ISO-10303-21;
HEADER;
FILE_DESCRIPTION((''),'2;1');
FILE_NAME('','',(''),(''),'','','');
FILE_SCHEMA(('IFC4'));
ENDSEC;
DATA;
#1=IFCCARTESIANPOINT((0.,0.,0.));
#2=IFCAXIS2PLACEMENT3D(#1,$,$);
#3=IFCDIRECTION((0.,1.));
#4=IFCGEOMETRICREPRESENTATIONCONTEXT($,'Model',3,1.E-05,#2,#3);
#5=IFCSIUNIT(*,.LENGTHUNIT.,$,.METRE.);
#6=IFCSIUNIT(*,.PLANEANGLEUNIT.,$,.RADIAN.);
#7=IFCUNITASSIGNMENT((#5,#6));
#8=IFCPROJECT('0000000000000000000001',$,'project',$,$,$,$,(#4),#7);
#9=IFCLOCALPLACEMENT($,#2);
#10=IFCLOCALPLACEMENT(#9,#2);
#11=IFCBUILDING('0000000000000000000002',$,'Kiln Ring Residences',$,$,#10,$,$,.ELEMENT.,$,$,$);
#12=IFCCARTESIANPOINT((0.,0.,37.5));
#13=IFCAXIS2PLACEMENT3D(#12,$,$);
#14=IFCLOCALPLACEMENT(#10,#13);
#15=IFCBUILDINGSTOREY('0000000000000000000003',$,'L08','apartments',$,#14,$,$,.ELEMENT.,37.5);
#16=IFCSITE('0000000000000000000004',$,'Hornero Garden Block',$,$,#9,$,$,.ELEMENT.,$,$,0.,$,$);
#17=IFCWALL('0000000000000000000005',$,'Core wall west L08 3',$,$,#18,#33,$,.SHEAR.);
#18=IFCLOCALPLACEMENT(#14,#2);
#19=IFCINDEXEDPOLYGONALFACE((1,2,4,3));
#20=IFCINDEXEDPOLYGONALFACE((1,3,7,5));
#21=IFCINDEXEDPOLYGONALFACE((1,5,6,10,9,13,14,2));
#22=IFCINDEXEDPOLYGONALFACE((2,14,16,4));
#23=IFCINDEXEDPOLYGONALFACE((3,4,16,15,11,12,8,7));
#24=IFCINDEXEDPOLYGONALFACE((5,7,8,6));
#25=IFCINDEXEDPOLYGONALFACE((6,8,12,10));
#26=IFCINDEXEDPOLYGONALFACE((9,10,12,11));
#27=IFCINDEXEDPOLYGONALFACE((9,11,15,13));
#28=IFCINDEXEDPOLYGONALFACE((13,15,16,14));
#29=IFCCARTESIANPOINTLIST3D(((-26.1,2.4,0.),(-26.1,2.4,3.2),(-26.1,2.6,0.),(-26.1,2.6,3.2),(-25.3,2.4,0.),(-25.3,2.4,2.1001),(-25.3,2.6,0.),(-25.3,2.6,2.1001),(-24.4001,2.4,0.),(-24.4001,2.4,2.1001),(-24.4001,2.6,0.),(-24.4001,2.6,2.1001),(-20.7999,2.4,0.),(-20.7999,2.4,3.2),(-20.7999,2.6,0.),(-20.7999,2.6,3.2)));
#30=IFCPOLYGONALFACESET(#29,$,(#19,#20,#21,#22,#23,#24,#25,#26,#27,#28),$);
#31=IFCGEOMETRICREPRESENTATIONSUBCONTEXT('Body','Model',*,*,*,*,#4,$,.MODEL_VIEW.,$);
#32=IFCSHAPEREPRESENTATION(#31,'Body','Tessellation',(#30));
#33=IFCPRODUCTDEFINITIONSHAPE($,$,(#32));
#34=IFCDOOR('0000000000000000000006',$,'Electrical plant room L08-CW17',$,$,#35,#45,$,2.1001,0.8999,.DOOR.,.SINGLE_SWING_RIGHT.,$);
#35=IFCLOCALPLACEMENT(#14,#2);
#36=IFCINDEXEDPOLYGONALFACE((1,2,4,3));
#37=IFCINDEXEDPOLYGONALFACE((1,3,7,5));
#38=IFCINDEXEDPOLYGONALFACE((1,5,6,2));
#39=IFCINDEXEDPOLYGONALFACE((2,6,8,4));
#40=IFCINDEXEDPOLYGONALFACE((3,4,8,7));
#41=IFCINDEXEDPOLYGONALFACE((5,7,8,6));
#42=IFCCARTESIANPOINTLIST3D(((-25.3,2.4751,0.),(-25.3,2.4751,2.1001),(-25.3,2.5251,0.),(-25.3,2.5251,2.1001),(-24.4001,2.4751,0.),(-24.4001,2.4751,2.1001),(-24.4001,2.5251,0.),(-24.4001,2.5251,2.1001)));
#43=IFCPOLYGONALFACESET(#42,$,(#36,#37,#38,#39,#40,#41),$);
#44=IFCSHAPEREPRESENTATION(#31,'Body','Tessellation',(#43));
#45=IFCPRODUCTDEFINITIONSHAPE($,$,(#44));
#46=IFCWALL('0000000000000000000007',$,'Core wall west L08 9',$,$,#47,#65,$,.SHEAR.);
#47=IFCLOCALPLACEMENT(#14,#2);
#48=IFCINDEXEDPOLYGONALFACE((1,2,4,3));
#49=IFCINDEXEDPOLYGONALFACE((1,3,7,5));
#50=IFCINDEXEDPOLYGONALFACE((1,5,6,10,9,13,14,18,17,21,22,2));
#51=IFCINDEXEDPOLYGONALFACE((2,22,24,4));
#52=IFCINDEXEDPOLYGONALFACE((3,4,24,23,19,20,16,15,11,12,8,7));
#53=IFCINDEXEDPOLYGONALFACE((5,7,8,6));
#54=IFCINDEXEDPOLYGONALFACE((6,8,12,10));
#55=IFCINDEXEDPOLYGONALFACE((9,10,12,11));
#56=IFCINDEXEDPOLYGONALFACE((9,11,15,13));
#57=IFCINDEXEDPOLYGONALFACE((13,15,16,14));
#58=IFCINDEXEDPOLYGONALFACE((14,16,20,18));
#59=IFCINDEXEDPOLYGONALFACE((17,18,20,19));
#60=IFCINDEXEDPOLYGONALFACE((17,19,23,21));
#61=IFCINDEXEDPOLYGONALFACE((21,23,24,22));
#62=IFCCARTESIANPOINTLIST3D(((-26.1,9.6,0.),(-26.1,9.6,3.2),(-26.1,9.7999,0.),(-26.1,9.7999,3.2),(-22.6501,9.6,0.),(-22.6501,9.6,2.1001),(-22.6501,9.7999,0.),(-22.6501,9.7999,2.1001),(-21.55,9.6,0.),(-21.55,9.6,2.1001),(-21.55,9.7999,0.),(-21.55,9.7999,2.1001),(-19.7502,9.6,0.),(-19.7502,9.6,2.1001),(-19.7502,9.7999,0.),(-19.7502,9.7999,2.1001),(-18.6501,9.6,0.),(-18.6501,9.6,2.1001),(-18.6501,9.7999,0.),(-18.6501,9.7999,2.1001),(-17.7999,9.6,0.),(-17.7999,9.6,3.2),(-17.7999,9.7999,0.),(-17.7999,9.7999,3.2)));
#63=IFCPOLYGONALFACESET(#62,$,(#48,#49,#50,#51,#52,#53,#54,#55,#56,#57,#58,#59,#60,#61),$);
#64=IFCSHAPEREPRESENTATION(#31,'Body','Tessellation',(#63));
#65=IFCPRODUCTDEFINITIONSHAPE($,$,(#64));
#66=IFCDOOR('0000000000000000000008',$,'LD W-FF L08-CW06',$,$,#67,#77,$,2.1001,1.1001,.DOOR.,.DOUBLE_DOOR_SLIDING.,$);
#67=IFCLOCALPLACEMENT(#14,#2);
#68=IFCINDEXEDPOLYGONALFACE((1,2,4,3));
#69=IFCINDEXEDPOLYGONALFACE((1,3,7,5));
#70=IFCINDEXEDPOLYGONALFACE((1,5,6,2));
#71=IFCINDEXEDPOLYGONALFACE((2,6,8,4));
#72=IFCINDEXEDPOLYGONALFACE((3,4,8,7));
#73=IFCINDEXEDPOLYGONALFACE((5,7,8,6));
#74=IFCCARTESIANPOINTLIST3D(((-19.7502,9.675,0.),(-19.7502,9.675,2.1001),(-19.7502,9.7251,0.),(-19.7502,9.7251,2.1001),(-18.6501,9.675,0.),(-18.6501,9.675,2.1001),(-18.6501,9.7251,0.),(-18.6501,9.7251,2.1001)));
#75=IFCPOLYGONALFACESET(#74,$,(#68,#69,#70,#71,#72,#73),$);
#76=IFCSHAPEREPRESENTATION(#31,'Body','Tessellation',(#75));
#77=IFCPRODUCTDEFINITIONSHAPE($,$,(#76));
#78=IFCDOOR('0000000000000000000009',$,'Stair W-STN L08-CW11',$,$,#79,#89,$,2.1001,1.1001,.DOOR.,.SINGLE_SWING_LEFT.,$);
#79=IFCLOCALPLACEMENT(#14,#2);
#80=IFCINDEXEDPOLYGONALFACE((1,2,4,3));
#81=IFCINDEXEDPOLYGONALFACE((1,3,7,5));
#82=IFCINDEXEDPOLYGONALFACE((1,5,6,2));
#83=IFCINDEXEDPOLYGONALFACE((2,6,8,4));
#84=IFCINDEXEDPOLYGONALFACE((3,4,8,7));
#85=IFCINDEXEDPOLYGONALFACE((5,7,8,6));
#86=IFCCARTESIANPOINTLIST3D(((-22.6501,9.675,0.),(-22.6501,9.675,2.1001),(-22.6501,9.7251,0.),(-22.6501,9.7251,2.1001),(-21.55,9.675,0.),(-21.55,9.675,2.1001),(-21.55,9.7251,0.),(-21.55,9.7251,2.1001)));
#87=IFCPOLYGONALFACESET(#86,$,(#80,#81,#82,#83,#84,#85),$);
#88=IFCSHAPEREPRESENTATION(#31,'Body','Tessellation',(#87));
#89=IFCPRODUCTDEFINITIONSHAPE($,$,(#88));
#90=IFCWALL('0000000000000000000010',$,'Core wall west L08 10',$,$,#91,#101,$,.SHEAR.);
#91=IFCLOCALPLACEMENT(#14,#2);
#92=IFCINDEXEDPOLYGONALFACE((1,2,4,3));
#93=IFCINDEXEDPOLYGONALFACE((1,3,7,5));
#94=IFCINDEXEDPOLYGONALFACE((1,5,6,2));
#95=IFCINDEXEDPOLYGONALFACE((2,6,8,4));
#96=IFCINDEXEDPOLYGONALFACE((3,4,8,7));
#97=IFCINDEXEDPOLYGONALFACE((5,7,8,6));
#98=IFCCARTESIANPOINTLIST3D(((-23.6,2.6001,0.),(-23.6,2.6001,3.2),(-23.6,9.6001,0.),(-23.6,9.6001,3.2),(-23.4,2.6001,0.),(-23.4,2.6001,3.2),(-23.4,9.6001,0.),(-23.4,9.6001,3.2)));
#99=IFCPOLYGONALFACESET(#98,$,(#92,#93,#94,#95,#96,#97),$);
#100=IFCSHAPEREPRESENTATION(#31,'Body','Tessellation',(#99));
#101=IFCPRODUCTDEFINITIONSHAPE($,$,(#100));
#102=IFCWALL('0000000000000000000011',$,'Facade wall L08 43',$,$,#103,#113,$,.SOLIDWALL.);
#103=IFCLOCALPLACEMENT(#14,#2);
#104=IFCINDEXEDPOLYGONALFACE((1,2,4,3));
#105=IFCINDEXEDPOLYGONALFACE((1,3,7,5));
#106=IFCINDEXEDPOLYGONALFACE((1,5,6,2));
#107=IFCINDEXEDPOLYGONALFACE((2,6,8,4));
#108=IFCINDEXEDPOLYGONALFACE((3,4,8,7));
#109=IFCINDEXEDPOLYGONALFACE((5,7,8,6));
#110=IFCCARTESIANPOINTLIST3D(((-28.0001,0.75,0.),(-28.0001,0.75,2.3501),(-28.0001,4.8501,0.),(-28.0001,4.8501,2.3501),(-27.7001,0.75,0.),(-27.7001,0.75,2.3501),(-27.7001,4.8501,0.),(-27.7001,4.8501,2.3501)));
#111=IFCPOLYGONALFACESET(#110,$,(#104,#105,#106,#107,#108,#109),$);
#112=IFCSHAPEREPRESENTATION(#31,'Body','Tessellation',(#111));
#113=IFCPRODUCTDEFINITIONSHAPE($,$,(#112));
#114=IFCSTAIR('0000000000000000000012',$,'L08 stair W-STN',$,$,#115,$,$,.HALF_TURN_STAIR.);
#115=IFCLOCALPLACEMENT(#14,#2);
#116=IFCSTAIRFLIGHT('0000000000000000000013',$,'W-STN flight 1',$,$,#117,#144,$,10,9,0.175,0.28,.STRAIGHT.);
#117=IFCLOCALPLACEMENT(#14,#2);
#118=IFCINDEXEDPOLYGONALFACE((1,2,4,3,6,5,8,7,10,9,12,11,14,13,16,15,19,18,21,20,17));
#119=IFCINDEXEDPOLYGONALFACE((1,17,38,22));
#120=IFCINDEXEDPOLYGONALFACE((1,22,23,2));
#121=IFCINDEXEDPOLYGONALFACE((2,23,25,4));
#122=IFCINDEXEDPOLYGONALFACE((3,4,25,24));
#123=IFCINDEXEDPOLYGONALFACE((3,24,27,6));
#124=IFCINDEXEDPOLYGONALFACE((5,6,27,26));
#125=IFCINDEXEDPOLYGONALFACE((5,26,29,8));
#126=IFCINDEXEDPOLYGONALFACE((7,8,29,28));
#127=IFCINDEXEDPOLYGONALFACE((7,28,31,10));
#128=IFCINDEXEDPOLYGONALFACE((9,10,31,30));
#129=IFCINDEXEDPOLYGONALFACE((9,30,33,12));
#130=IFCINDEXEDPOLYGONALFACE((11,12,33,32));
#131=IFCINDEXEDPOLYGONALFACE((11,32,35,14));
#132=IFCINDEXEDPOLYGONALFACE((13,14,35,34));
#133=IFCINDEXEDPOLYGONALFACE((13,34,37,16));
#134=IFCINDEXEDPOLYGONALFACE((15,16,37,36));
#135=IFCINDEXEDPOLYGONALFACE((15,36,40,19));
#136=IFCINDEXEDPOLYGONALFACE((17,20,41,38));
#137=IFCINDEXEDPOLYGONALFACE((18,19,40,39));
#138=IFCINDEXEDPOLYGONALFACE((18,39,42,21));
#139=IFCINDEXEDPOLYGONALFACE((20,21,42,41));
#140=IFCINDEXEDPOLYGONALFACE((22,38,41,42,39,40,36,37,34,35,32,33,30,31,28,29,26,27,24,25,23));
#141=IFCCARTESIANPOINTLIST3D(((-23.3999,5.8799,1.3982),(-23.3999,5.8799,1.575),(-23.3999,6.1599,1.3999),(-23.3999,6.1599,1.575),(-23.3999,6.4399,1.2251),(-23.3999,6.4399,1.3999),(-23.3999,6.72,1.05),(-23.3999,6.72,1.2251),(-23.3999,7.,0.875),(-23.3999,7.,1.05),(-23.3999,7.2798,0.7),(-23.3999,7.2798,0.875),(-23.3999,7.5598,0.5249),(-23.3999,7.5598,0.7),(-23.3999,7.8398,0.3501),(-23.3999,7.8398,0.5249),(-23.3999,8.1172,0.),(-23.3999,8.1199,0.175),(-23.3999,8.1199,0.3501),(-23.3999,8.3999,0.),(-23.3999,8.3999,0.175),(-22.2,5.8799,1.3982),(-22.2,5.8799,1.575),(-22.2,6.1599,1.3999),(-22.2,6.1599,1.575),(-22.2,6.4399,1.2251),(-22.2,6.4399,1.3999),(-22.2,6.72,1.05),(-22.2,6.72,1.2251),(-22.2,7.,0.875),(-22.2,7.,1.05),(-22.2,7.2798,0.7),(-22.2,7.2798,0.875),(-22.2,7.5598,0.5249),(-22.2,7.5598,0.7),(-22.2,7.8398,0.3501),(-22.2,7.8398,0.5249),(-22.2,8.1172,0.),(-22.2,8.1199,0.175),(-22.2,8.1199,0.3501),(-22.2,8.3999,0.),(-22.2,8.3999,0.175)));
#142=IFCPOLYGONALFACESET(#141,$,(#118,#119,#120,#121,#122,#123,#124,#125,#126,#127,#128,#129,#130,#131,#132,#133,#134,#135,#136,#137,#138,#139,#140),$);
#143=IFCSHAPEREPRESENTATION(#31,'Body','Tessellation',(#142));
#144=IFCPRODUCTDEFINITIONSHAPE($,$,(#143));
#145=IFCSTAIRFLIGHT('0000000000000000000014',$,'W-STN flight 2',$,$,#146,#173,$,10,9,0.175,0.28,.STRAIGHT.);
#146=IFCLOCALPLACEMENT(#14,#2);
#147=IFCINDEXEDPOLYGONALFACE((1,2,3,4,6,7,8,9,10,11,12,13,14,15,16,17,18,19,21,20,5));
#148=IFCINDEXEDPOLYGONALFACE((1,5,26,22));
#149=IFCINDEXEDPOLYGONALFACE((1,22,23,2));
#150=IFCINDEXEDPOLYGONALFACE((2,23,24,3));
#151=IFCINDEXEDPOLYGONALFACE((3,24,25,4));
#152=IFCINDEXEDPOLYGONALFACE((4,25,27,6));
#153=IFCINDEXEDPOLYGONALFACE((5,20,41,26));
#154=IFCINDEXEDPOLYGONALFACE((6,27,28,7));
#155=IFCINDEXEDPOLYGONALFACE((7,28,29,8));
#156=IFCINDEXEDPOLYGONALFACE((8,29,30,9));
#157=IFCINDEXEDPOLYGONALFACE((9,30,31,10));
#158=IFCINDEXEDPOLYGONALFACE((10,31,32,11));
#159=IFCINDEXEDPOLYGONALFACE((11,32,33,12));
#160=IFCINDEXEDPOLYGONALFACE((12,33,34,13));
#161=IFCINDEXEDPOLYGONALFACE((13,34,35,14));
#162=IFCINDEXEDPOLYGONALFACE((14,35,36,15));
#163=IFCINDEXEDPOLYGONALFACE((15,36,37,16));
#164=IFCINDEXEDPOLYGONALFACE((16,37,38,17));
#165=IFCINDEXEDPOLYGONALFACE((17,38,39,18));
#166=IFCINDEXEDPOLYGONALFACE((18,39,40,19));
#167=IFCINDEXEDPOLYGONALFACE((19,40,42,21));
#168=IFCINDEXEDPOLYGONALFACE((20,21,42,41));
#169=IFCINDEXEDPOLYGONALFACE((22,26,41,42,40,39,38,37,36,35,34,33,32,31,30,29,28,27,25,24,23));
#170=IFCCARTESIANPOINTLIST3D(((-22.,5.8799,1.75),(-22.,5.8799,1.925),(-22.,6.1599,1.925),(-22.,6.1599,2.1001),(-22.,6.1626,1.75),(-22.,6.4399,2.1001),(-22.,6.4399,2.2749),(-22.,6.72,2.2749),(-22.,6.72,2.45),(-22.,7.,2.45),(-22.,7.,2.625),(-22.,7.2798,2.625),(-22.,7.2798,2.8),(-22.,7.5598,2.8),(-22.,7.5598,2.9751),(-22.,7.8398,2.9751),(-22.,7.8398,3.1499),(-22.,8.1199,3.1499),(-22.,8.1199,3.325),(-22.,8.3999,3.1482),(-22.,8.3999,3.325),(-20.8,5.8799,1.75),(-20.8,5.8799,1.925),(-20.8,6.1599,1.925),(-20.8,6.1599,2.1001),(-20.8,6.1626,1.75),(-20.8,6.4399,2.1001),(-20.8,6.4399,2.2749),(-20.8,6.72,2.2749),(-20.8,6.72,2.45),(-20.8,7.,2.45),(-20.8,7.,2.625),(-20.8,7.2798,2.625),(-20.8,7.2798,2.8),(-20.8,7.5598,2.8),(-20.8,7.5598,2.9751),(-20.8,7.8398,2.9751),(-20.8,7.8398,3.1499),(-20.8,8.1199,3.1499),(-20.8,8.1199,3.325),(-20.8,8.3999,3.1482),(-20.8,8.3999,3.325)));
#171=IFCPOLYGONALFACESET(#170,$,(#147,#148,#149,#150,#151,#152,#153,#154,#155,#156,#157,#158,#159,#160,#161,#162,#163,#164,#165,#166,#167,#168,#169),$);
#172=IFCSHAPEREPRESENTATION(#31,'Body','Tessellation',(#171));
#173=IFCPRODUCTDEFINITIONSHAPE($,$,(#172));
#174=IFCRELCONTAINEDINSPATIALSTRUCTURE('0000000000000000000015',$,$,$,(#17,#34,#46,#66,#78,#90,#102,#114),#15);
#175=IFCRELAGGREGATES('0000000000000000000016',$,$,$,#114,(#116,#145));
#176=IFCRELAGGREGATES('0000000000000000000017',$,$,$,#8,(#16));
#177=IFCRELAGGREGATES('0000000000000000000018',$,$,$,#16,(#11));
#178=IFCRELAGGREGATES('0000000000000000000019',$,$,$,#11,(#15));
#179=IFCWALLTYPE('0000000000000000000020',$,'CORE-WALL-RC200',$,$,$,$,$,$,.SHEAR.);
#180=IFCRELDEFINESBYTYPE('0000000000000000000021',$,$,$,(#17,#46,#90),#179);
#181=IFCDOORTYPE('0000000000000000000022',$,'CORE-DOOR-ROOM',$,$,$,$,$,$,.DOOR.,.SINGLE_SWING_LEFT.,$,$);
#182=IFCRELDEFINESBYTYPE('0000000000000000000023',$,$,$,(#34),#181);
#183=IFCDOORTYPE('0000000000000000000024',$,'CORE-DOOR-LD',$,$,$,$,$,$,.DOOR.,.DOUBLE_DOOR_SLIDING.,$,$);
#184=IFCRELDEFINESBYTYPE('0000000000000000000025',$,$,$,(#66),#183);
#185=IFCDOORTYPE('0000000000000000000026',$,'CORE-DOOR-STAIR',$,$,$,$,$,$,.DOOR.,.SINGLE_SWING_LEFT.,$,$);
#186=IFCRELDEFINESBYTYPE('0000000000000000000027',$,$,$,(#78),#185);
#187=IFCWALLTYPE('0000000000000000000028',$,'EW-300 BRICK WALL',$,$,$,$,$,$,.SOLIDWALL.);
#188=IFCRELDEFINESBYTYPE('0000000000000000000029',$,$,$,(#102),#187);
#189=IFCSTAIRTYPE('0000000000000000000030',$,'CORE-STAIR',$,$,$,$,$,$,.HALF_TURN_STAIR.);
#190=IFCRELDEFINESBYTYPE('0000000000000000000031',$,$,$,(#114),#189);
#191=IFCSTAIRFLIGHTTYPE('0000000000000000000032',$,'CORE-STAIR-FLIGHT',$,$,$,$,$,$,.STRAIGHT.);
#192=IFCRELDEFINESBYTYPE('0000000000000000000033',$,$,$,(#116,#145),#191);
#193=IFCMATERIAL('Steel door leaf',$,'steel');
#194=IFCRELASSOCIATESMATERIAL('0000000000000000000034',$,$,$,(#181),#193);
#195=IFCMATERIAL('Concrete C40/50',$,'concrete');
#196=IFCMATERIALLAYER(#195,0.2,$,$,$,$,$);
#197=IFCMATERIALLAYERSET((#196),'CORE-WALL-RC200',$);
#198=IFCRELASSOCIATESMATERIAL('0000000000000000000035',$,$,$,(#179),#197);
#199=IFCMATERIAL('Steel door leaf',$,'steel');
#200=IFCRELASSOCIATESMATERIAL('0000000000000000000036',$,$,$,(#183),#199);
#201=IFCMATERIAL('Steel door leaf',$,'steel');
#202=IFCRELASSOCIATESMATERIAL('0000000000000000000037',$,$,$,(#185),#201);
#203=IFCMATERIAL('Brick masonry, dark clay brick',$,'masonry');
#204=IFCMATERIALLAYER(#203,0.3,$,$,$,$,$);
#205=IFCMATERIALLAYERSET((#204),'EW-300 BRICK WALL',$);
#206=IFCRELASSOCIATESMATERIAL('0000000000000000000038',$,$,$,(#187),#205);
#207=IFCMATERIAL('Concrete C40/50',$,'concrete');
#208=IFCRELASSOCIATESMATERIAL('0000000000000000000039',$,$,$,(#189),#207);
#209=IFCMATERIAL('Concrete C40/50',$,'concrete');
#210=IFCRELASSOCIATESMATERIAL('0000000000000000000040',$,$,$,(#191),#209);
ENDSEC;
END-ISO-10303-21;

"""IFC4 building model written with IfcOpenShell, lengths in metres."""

from ifc_helpers import new_model, si_unit, direction, frame, frame_2d, origin, place, context, subcontext, project, spatial, polyline, rectangle, outline, extrude, material, layer, layer_set, type_object, element, fill, aggregate, save


model = new_model("IFC4")

# Units and contexts
model_context = context("Model", 3, precision=1e-05, world=origin(), true_north=direction((0.0, 1.0)))
body_context = subcontext(model_context, "Body", "Model", "MODEL_VIEW")
ifc_project = project(units=[si_unit("LENGTHUNIT", "METRE"), si_unit("PLANEANGLEUNIT", "RADIAN")], contexts=[model_context])

# Site, building, storey
site_placement = place(None, origin())
site = spatial("IfcSite", under=ifc_project, at=site_placement, Name="Hornero Garden Block", CompositionType="ELEMENT", RefElevation=0.0)
building_placement = place(site_placement, origin())
building = spatial("IfcBuilding", under=site, at=building_placement, Name="Kiln Ring Residences", CompositionType="ELEMENT")
storey_placement = place(building_placement, frame((0.0, 0.0, 37.5)))
storey = spatial("IfcBuildingStorey", under=building, at=storey_placement, Name="L08", Description="apartments", CompositionType="ELEMENT", Elevation=37.5)

# Shared definitions
ifc_material_1 = material(Name="Steel door leaf", Category="steel")
door_type_1 = type_object("IfcDoorType", Name="CORE-DOOR-ROOM", OperationType="SINGLE_SWING_LEFT", PredefinedType="DOOR", material=ifc_material_1)

# Shared definitions
ifc_material_2 = material(Name="Concrete C40/50", Category="concrete")
ifc_layer_1 = layer(ifc_material_2, 0.2)
ifc_layer_set_1 = layer_set([ifc_layer_1], Name="CORE-WALL-RC200")
wall_type_1 = type_object("IfcWallType", Name="CORE-WALL-RC200", PredefinedType="SHEAR", material=ifc_layer_set_1)

# Wall, opening, door
wall_1_placement = place(storey_placement, frame((-20.8, 2.5, 0.0), z_axis=(0.0, 0.0, 1.0), x_axis=(-1.0, 0.0, 0.0)))
wall_1 = element("IfcWall", 1, at=wall_1_placement, inside=storey, type_object=wall_type_1, Name="Core wall west L08 3", PredefinedType="SHEAR", context=body_context, shape_type="SweptSolid", body=[
    extrude(rectangle(XDim=5.3, YDim=0.2, at=frame_2d((2.6499, 0.0))), origin(), (0.0, 0.0, 1.0), 3.2),
])
opening_1_placement = place(wall_1_placement, frame((3.6001, 0.0, 0.0)))
opening_1 = element("IfcOpeningElement", 2, at=opening_1_placement, cuts=wall_1, PredefinedType="OPENING", context=body_context, shape_type="SweptSolid", body=[
    extrude(rectangle(XDim=0.8999, YDim=2.1001, at=frame_2d((0.45, 1.05))), frame((0.0, 0.1099, 0.0), z_axis=(0.0, -1.0, 0.0), x_axis=(1.0, 0.0, 0.0)), (0.0, 0.0, 1.0), 0.22),
])
door_1_placement = place(opening_1_placement, origin())
door_1 = element("IfcDoor", 3, at=door_1_placement, inside=storey, type_object=door_type_1, Name="Electrical plant room L08-CW17", OperationType="SINGLE_SWING_RIGHT", OverallHeight=2.1001, OverallWidth=0.8999, PredefinedType="DOOR", context=body_context, shape_type="SweptSolid", body=[
    extrude(rectangle(XDim=0.8999, YDim=2.1001, at=frame_2d((0.45, 1.05))), frame((0.0, 0.0249, 0.0), z_axis=(0.0, -1.0, 0.0), x_axis=(1.0, 0.0, 0.0)), (0.0, 0.0, 1.0), 0.05),
])
fill(opening_1, door_1)

# Wall, openings, doors
wall_2_placement = place(storey_placement, frame((-17.8, 9.7, 0.0), z_axis=(0.0, 0.0, 1.0), x_axis=(-1.0, 0.0, 0.0)))
wall_2 = element("IfcWall", 4, at=wall_2_placement, inside=storey, type_object=wall_type_1, Name="Core wall west L08 9", PredefinedType="SHEAR", context=body_context, shape_type="SweptSolid", body=[
    extrude(rectangle(XDim=8.3, YDim=0.2, at=frame_2d((4.1499, 0.0))), origin(), (0.0, 0.0, 1.0), 3.2),
])
opening_2_placement = place(wall_2_placement, frame((0.8501, 0.0, 0.0)))
opening_2 = element("IfcOpeningElement", 5, at=opening_2_placement, cuts=wall_2, PredefinedType="OPENING", context=body_context, shape_type="SweptSolid", body=[
    extrude(rectangle(XDim=1.1001, YDim=2.1001, at=frame_2d((0.55, 1.05))), frame((0.0, 0.1099, 0.0), z_axis=(0.0, -1.0, 0.0), x_axis=(1.0, 0.0, 0.0)), (0.0, 0.0, 1.0), 0.22),
])
opening_3_placement = place(wall_2_placement, frame((3.75, 0.0, 0.0)))
opening_3 = element("IfcOpeningElement", 6, at=opening_3_placement, cuts=wall_2, PredefinedType="OPENING", context=body_context, shape_type="SweptSolid", body=[
    extrude(rectangle(XDim=1.1001, YDim=2.1001, at=frame_2d((0.55, 1.05))), frame((0.0, 0.1099, 0.0), z_axis=(0.0, -1.0, 0.0), x_axis=(1.0, 0.0, 0.0)), (0.0, 0.0, 1.0), 0.22),
])
ifc_material_3 = material(Name="Steel door leaf", Category="steel")
door_type_2 = type_object("IfcDoorType", Name="CORE-DOOR-LD", OperationType="DOUBLE_DOOR_SLIDING", PredefinedType="DOOR", material=ifc_material_3)
door_2_placement = place(opening_2_placement, origin())
door_2 = element("IfcDoor", 7, at=door_2_placement, inside=storey, type_object=door_type_2, Name="LD W-FF L08-CW06", OperationType="DOUBLE_DOOR_SLIDING", OverallHeight=2.1001, OverallWidth=1.1001, PredefinedType="DOOR", context=body_context, shape_type="SweptSolid", body=[
    extrude(rectangle(XDim=1.1001, YDim=2.1001, at=frame_2d((0.55, 1.05))), frame((0.0, 0.0249, 0.0), z_axis=(0.0, -1.0, 0.0), x_axis=(1.0, 0.0, 0.0)), (0.0, 0.0, 1.0), 0.05),
])
fill(opening_2, door_2)
ifc_material_4 = material(Name="Steel door leaf", Category="steel")
door_type_3 = type_object("IfcDoorType", Name="CORE-DOOR-STAIR", OperationType="SINGLE_SWING_LEFT", PredefinedType="DOOR", material=ifc_material_4)
door_3_placement = place(opening_3_placement, origin())
door_3 = element("IfcDoor", 8, at=door_3_placement, inside=storey, type_object=door_type_3, Name="Stair W-STN L08-CW11", OperationType="SINGLE_SWING_LEFT", OverallHeight=2.1001, OverallWidth=1.1001, PredefinedType="DOOR", context=body_context, shape_type="SweptSolid", body=[
    extrude(rectangle(XDim=1.1001, YDim=2.1001, at=frame_2d((0.55, 1.05))), frame((0.0, 0.0249, 0.0), z_axis=(0.0, -1.0, 0.0), x_axis=(1.0, 0.0, 0.0)), (0.0, 0.0, 1.0), 0.05),
])
fill(opening_3, door_3)

# Walls
wall_3_placement = place(storey_placement, frame((-23.5, 2.6001, 0.0), z_axis=(0.0, 0.0, 1.0), x_axis=(0.0, 1.0, 0.0)))
element("IfcWall", 9, at=wall_3_placement, inside=storey, type_object=wall_type_1, Name="Core wall west L08 10", PredefinedType="SHEAR", context=body_context, shape_type="SweptSolid", body=[
    extrude(rectangle(XDim=7.0, YDim=0.2, at=frame_2d((3.5, 0.0))), origin(), (0.0, 0.0, 1.0), 3.2),
])
ifc_material_5 = material(Name="Brick masonry, dark clay brick", Category="masonry")
ifc_layer_2 = layer(ifc_material_5, 0.3)
ifc_layer_set_2 = layer_set([ifc_layer_2], Name="EW-300 BRICK WALL")
wall_type_2 = type_object("IfcWallType", Name="EW-300 BRICK WALL", PredefinedType="SOLIDWALL", material=ifc_layer_set_2)
wall_4_placement = place(storey_placement, frame((-27.8501, 4.8501, 0.0), z_axis=(0.0, 0.0, 1.0), x_axis=(0.0, -1.0, 0.0)))
element("IfcWall", 10, at=wall_4_placement, inside=storey, type_object=wall_type_2, Name="Facade wall L08 43", PredefinedType="SOLIDWALL", context=body_context, shape_type="SweptSolid", body=[
    extrude(rectangle(XDim=4.1001, YDim=0.3, at=frame_2d((2.05, 0.0))), origin(), (0.0, 0.0, 1.0), 2.3501),
])

# Stair, stair flights
ifc_material_6 = material(Name="Concrete C40/50", Category="concrete")
stair_type = type_object("IfcStairType", Name="CORE-STAIR", PredefinedType="HALF_TURN_STAIR", material=ifc_material_6)
stair_placement = place(storey_placement, origin())
stair = element("IfcStair", 11, at=stair_placement, inside=storey, type_object=stair_type, Name="L08 stair W-STN", PredefinedType="HALF_TURN_STAIR")
ifc_material_7 = material(Name="Concrete C40/50", Category="concrete")
stair_flight_type = type_object("IfcStairFlightType", Name="CORE-STAIR-FLIGHT", PredefinedType="STRAIGHT", material=ifc_material_7)
stair_flight_1_placement = place(storey_placement, frame((-22.8, 8.3999, 0.0), z_axis=(0.0, 0.0, 1.0), x_axis=(0.0, -1.0, 0.0)))
stair_flight_1 = element("IfcStairFlight", 12, at=stair_flight_1_placement, type_object=stair_flight_type, Name="W-STN flight 1", NumberOfRisers=10, NumberOfTreads=9, PredefinedType="STRAIGHT", RiserHeight=0.175, TreadLength=0.28, context=body_context, shape_type="SweptSolid", body=[
    extrude(outline(polyline([(0.0, 0.0), (0.0, 0.175), (0.28, 0.175), (0.28, 0.3501), (0.5601, 0.3501), (0.5601, 0.5249), (0.8401, 0.5249), (0.8401, 0.7), (1.1201, 0.7), (1.1201, 0.875), (1.3999, 0.875), (1.3999, 1.05), (1.6799, 1.05), (1.6799, 1.2251), (1.96, 1.2251), (1.96, 1.3999), (2.24, 1.3999), (2.24, 1.575), (2.52, 1.575), (2.52, 1.75), (2.52, 1.3982), (0.2827, 0.0), (0.0, 0.0)])), frame((0.0, 0.6001, 0.0), z_axis=(0.0, -1.0, 0.0), x_axis=(1.0, 0.0, 0.0)), (0.0, 0.0, 1.0), 1.2),
])
stair_flight_2_placement = place(storey_placement, frame((-21.3999, 5.8799, 1.75), z_axis=(0.0, 0.0, 1.0), x_axis=(0.0, 1.0, 0.0)))
stair_flight_2 = element("IfcStairFlight", 13, at=stair_flight_2_placement, type_object=stair_flight_type, Name="W-STN flight 2", NumberOfRisers=10, NumberOfTreads=9, PredefinedType="STRAIGHT", RiserHeight=0.175, TreadLength=0.28, context=body_context, shape_type="SweptSolid", body=[
    extrude(outline(polyline([(0.0, 0.0), (0.0, 0.175), (0.28, 0.175), (0.28, 0.3501), (0.5601, 0.3501), (0.5601, 0.5249), (0.8401, 0.5249), (0.8401, 0.7), (1.1201, 0.7), (1.1201, 0.875), (1.3999, 0.875), (1.3999, 1.05), (1.6799, 1.05), (1.6799, 1.2251), (1.96, 1.2251), (1.96, 1.3999), (2.24, 1.3999), (2.24, 1.575), (2.52, 1.575), (2.52, 1.75), (2.52, 1.3982), (0.2827, 0.0), (0.0, 0.0)])), frame((0.0, 0.6001, 0.0), z_axis=(0.0, -1.0, 0.0), x_axis=(1.0, 0.0, 0.0)), (0.0, 0.0, 1.0), 1.2),
])
aggregate(stair, [stair_flight_1, stair_flight_2])

save(model, "model.ifc")
